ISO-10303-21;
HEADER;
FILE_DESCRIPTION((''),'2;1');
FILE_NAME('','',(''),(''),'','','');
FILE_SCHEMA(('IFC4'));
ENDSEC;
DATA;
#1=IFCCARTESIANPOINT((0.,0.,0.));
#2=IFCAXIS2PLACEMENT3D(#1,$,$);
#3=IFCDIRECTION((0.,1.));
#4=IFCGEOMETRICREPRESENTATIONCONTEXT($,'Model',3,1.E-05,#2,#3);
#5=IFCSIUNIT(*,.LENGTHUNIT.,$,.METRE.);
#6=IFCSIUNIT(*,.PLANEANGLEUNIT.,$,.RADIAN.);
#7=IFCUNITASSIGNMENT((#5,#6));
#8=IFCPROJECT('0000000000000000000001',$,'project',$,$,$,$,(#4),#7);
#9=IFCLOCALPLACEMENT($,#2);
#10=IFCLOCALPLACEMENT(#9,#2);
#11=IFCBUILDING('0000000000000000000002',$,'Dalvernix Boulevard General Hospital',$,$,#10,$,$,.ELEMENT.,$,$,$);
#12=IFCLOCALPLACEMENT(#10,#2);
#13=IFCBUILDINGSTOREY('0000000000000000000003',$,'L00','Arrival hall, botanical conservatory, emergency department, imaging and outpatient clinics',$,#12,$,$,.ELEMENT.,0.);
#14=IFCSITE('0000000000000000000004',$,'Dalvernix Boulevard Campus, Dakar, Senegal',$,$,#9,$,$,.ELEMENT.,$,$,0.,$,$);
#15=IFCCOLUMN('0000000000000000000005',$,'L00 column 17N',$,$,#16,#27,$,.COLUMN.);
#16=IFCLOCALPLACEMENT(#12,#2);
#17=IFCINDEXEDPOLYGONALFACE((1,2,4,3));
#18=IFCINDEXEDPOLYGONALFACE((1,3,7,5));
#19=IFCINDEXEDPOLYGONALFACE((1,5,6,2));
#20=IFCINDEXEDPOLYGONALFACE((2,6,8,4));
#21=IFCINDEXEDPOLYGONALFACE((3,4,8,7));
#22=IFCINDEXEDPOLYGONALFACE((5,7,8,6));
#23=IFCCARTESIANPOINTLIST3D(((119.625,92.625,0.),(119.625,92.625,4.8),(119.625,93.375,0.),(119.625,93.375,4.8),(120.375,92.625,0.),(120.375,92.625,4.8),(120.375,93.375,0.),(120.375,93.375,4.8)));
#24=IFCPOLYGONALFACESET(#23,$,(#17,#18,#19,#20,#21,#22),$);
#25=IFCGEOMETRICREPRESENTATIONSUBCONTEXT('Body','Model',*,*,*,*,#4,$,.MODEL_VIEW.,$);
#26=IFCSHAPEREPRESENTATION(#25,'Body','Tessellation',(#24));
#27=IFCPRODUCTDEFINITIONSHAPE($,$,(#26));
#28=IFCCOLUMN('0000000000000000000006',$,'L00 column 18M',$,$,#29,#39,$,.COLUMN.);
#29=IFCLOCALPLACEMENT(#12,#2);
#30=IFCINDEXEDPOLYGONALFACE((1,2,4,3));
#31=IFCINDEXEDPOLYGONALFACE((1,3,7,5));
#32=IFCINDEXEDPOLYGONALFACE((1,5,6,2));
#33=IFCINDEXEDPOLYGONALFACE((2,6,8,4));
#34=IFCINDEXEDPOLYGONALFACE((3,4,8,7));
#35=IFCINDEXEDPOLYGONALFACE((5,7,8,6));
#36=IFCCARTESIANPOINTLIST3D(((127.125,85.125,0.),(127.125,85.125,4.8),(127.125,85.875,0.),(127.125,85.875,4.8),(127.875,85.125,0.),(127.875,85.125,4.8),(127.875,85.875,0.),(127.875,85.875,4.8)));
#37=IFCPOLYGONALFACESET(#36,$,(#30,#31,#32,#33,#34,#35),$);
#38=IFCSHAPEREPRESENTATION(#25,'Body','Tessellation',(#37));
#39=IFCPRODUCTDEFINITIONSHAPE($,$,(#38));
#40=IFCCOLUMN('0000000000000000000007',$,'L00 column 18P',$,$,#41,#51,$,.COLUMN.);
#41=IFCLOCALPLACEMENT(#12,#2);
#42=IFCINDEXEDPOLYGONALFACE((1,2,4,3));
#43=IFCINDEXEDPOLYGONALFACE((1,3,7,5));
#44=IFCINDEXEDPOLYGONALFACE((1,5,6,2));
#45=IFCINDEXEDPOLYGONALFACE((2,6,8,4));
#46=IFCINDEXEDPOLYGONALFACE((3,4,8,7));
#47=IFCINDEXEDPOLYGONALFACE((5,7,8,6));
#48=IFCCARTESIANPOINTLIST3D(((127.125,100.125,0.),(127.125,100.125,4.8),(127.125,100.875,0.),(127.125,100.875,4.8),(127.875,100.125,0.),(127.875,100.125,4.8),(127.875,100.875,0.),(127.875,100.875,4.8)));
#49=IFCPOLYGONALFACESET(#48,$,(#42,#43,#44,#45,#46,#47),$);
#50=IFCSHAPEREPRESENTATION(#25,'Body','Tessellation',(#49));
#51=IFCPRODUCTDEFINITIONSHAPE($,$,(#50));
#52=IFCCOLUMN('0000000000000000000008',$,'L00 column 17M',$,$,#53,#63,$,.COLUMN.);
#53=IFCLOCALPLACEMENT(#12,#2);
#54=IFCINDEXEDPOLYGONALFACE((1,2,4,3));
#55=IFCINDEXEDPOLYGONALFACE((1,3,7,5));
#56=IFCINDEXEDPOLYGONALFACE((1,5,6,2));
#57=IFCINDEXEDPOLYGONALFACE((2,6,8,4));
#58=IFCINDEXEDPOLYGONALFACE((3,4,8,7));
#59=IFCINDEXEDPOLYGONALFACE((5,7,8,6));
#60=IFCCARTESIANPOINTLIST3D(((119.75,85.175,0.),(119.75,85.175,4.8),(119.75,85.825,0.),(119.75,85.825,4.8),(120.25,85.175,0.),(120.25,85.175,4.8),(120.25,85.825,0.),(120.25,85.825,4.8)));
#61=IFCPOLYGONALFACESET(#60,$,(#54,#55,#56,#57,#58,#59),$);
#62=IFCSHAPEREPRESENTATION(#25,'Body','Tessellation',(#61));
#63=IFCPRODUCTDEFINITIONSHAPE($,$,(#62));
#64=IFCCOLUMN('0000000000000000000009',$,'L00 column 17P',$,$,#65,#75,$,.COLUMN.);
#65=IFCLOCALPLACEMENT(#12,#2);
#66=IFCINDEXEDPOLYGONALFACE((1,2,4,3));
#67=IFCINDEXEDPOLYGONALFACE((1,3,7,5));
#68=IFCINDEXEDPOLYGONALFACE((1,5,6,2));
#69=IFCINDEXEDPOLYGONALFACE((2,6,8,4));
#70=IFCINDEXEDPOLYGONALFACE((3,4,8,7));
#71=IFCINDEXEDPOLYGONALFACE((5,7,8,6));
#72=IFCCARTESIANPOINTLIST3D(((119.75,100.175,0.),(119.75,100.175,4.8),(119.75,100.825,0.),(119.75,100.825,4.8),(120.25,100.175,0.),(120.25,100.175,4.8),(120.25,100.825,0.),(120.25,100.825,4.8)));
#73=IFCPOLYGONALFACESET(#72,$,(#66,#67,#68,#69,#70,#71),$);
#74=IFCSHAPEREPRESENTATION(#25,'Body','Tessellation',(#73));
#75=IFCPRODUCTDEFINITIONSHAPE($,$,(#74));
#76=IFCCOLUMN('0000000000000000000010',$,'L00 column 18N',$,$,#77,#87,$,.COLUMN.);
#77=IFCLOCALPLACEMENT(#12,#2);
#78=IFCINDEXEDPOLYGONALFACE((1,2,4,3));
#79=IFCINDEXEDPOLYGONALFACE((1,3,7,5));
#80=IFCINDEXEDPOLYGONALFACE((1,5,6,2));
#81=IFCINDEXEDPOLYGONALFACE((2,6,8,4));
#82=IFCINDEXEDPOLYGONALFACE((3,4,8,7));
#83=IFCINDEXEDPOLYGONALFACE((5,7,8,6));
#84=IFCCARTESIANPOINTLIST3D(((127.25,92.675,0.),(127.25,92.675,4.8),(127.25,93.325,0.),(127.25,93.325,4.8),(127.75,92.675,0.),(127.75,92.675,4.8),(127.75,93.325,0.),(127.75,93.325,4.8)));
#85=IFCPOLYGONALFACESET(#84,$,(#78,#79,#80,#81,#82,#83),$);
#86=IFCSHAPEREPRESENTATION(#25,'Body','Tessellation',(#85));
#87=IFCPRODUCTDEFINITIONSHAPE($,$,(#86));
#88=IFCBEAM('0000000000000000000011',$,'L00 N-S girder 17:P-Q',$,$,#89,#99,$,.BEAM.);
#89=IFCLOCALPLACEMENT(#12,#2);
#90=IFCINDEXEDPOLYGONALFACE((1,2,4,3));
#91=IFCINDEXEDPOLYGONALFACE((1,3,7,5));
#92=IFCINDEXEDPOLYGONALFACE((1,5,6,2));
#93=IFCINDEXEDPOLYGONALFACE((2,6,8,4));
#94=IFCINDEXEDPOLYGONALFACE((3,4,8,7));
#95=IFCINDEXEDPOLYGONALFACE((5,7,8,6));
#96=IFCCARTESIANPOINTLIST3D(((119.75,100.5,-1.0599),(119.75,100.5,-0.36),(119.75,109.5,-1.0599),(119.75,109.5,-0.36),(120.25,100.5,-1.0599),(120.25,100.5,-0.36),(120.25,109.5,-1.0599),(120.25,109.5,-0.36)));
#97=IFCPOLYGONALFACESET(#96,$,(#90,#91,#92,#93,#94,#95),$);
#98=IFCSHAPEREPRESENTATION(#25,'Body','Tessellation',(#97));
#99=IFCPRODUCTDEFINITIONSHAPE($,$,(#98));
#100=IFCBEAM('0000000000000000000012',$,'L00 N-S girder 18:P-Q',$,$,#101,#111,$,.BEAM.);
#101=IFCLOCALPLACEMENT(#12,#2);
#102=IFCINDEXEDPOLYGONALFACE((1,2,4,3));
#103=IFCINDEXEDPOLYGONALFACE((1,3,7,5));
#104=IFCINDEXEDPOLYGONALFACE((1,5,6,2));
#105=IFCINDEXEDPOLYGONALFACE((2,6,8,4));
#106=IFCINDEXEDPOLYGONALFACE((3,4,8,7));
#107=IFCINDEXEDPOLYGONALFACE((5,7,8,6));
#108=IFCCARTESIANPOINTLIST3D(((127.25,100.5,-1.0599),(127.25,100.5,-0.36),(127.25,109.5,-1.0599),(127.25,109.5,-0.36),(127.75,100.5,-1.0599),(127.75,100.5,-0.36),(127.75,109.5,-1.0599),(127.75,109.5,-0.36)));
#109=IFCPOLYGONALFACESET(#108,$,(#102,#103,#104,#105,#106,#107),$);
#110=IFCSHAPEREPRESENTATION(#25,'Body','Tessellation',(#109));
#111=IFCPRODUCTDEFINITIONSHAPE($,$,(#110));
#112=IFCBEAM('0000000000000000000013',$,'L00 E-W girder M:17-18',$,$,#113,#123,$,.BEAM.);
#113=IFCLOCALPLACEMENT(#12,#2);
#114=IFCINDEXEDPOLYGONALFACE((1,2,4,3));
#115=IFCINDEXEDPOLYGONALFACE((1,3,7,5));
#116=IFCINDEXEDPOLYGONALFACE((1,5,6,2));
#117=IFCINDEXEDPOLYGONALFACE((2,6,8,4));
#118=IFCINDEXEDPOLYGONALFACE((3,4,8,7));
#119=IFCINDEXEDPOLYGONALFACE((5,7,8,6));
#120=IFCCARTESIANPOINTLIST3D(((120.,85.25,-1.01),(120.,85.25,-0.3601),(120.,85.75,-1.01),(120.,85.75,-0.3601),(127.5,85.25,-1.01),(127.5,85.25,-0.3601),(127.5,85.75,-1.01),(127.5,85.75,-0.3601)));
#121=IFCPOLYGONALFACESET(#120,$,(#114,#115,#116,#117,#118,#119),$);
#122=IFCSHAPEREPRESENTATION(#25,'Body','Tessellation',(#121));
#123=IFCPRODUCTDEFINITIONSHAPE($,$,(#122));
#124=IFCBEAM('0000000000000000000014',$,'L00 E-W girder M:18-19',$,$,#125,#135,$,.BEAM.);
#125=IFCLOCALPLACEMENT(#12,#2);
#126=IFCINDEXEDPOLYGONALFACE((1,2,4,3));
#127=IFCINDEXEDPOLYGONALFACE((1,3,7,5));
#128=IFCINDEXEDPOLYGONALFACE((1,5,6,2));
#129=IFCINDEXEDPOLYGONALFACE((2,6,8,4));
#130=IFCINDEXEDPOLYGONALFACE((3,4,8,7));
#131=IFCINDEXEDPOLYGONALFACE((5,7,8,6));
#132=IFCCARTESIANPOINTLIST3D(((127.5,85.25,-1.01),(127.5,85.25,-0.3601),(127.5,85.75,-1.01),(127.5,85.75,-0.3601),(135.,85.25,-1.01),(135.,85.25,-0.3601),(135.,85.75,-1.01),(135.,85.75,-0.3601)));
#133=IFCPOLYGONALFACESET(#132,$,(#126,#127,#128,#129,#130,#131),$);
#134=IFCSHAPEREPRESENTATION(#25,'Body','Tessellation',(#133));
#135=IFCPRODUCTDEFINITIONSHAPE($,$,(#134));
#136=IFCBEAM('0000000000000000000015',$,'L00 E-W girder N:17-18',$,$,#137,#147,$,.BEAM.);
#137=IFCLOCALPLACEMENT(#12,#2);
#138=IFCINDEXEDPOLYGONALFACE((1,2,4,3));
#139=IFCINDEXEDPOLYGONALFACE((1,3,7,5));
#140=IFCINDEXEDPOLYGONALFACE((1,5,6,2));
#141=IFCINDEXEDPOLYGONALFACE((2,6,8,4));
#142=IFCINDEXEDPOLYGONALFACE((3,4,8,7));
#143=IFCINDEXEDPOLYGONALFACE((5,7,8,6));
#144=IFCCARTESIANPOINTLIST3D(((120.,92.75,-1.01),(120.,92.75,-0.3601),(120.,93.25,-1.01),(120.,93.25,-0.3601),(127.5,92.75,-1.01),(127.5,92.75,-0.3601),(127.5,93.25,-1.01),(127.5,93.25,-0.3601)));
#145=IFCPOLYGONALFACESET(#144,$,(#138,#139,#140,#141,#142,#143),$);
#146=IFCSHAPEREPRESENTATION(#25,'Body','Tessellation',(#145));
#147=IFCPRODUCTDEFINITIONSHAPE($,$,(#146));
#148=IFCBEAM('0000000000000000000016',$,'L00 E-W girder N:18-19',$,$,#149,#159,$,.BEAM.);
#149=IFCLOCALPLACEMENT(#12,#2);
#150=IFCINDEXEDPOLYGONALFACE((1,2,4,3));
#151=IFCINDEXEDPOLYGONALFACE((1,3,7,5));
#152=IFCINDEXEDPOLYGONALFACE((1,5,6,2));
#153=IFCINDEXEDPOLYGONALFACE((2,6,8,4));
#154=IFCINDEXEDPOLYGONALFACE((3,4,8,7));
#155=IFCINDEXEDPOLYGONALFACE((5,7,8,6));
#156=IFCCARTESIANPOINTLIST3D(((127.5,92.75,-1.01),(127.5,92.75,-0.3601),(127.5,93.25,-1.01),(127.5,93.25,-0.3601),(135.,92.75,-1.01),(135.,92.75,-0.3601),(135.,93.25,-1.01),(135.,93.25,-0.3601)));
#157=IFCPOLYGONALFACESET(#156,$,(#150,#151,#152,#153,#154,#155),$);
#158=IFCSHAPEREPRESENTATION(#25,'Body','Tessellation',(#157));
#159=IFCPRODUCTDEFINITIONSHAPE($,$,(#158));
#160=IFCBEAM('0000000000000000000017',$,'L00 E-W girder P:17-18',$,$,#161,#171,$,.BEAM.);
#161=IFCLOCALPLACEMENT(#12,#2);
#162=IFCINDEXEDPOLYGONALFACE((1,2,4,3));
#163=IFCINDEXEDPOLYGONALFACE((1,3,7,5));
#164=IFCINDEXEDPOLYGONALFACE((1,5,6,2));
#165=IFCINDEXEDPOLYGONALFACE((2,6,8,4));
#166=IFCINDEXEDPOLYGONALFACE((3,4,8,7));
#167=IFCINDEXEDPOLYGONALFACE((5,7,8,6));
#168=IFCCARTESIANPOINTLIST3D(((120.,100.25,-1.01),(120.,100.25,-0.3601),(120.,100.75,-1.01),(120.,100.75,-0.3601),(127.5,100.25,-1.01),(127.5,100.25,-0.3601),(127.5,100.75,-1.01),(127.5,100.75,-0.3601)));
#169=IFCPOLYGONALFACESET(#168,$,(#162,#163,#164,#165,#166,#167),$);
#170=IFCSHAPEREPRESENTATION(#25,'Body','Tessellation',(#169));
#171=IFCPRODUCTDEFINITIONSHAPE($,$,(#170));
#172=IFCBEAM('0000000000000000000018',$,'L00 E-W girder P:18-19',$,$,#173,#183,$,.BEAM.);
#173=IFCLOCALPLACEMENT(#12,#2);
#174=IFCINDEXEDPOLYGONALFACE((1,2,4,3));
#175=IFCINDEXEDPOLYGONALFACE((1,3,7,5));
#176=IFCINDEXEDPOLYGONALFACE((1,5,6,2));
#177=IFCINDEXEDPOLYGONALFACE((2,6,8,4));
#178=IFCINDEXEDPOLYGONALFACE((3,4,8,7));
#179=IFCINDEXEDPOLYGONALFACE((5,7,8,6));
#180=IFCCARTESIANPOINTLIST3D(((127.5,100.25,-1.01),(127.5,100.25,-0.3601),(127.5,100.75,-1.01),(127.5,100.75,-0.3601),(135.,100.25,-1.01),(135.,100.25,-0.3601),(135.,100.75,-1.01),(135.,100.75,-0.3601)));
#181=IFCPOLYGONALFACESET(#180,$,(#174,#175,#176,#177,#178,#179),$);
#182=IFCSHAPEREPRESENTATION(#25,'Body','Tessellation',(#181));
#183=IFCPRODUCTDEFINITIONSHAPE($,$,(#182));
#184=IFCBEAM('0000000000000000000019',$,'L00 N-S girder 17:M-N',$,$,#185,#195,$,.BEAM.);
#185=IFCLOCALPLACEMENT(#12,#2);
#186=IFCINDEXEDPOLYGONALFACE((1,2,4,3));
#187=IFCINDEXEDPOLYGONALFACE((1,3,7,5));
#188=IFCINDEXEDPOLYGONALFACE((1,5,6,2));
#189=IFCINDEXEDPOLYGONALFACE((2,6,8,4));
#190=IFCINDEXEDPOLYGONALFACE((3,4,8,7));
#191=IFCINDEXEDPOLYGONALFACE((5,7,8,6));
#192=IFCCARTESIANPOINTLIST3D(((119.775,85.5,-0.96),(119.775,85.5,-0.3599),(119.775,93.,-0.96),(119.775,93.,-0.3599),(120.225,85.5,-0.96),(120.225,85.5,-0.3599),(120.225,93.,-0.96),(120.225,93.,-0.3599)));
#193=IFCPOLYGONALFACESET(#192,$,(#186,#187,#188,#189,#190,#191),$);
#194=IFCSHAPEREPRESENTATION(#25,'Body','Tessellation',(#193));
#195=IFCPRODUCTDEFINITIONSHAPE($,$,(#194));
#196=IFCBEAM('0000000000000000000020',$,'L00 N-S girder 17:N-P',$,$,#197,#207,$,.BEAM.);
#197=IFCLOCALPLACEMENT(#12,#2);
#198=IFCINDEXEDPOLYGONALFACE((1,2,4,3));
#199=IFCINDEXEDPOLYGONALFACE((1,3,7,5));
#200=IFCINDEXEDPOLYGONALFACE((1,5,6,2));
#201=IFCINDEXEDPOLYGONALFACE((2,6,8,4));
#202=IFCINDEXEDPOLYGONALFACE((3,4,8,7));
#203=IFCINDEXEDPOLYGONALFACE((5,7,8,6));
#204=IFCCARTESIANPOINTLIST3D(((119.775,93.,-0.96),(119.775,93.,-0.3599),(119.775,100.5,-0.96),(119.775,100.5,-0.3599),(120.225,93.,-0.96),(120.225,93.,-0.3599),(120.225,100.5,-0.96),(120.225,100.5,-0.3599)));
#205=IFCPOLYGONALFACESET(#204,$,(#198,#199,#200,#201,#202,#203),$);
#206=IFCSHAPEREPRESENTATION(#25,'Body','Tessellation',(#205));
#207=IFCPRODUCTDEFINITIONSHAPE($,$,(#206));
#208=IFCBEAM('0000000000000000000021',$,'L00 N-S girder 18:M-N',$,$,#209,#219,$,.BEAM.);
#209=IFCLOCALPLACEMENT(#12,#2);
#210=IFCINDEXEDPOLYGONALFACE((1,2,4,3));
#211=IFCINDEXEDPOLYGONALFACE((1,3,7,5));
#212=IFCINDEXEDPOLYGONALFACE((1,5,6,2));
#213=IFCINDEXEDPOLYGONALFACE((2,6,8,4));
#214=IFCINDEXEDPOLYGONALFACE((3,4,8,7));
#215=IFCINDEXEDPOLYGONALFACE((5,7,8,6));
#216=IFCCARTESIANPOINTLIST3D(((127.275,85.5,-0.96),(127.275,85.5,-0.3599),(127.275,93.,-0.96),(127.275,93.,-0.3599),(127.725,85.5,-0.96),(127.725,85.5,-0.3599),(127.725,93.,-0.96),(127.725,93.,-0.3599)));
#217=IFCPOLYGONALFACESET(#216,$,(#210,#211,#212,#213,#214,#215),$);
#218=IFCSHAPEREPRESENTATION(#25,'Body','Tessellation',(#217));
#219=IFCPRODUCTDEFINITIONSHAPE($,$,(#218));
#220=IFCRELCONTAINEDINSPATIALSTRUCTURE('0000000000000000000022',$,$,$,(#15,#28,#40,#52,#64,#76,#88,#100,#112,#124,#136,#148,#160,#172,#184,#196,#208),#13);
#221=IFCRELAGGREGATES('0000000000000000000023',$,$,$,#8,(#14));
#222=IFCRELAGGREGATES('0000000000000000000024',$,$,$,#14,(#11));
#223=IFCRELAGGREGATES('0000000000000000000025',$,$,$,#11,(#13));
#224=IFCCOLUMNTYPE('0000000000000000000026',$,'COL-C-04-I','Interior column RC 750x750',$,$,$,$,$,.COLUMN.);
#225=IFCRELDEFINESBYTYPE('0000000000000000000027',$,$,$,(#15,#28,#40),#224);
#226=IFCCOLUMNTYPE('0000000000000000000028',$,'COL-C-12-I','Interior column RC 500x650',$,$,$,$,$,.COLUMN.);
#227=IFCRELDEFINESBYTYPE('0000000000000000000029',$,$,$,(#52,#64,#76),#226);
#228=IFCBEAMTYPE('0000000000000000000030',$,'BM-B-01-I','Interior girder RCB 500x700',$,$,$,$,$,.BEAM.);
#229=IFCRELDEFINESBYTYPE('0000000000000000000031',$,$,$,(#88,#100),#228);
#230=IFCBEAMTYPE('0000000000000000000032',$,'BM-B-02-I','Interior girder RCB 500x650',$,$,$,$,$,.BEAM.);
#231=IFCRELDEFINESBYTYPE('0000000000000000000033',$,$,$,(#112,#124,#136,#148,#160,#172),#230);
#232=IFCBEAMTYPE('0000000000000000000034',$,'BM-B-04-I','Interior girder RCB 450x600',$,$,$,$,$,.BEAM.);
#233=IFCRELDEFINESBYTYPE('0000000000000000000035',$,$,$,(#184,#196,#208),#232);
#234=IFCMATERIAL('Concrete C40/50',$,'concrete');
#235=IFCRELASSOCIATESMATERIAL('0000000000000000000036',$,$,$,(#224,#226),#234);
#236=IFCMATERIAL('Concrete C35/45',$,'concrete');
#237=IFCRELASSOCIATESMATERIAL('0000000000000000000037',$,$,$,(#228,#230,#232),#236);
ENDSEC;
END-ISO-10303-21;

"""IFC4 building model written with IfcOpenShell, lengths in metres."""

from ifc_helpers import new_model, si_unit, direction, frame, origin, origin_2d, place, context, subcontext, project, spatial, rectangle, extrude, material, material_profile, profile_set, type_object, element, save


model = new_model("IFC4")

# Units and contexts
model_context = context("Model", 3, precision=1e-05, world=origin(), true_north=direction((0.0, 1.0)))
body_context = subcontext(model_context, "Body", "Model", "MODEL_VIEW")
ifc_project = project(units=[si_unit("LENGTHUNIT", "METRE"), si_unit("PLANEANGLEUNIT", "RADIAN")], contexts=[model_context])

# Site, building, storey
site_placement = place(None, origin())
site = spatial("IfcSite", under=ifc_project, at=site_placement, Name="Dalvernix Boulevard Campus, Dakar, Senegal", CompositionType="ELEMENT", RefElevation=0.0)
building_placement = place(site_placement, origin())
building = spatial("IfcBuilding", under=site, at=building_placement, Name="Dalvernix Boulevard General Hospital", CompositionType="ELEMENT")
storey_placement = place(building_placement, origin())
storey = spatial("IfcBuildingStorey", under=building, at=storey_placement, Name="L00", Description="Arrival hall, botanical conservatory, emergency department, imaging and outpatient clinics", CompositionType="ELEMENT", Elevation=0.0)

# Columns
ifc_material_1 = material(Name="Concrete C40/50", Category="concrete")
ifc_material_profile_1 = material_profile(ifc_material_1, rectangle(XDim=0.75, YDim=0.75, at=origin_2d()), Name="RC 750x750")
ifc_profile_set_1 = profile_set([ifc_material_profile_1], Name="Concrete C40/50")
column_type_1 = type_object("IfcColumnType", Name="COL-C-04-I", Description="Interior column RC 750x750", PredefinedType="COLUMN", material=ifc_profile_set_1)
for number, where, z_axis, x_axis, name in (
    (1, (120.0, 93.0, 0.0), (0.0, 0.0, 1.0), (1.0, 0.0, 0.0), "L00 column 17N"),
    (2, (127.5, 85.5, 0.0), (0.0, 0.0, 1.0), (1.0, 0.0, 0.0), "L00 column 18M"),
    (3, (127.5, 100.5, 0.0), (0.0, 0.0, 1.0), (1.0, 0.0, 0.0), "L00 column 18P"),
):
    element("IfcColumn", number, at=place(storey_placement, frame(where, z_axis=z_axis, x_axis=x_axis)), inside=storey, type_object=column_type_1, Name=name, PredefinedType="COLUMN", context=body_context, shape_type="SweptSolid", body=[
        extrude(rectangle(XDim=0.75, YDim=0.75, at=origin_2d()), origin(), (0.0, 0.0, 1.0), 4.8),
    ])
ifc_material_profile_2 = material_profile(ifc_material_1, rectangle(XDim=0.5, YDim=0.6499, at=origin_2d()), Name="RC 500x650")
ifc_profile_set_2 = profile_set([ifc_material_profile_2], Name="Concrete C40/50")
column_type_2 = type_object("IfcColumnType", Name="COL-C-12-I", Description="Interior column RC 500x650", PredefinedType="COLUMN", material=ifc_profile_set_2)
for number, where, z_axis, x_axis, name in (
    (4, (120.0, 85.5, 0.0), (0.0, 0.0, 1.0), (1.0, 0.0, 0.0), "L00 column 17M"),
    (5, (120.0, 100.5, 0.0), (0.0, 0.0, 1.0), (1.0, 0.0, 0.0), "L00 column 17P"),
    (6, (127.5, 93.0, 0.0), (0.0, 0.0, 1.0), (1.0, 0.0, 0.0), "L00 column 18N"),
):
    element("IfcColumn", number, at=place(storey_placement, frame(where, z_axis=z_axis, x_axis=x_axis)), inside=storey, type_object=column_type_2, Name=name, PredefinedType="COLUMN", context=body_context, shape_type="SweptSolid", body=[
        extrude(rectangle(XDim=0.5, YDim=0.6499, at=origin_2d()), origin(), (0.0, 0.0, 1.0), 4.8),
    ])

# Beams
ifc_material_2 = material(Name="Concrete C35/45", Category="concrete")
ifc_material_profile_3 = material_profile(ifc_material_2, rectangle(XDim=0.5, YDim=0.7, at=origin_2d()), Name="RCB 500x700")
ifc_profile_set_3 = profile_set([ifc_material_profile_3], Name="Concrete C35/45")
beam_type_1 = type_object("IfcBeamType", Name="BM-B-01-I", Description="Interior girder RCB 500x700", PredefinedType="BEAM", material=ifc_profile_set_3)
for number, where, z_axis, x_axis, name in (
    (7, (120.0, 100.5, -0.71), (0.0, 1.0, 0.0), (-1.0, 0.0, 0.0), "L00 N-S girder 17:P-Q"),
    (8, (127.5, 100.5, -0.71), (0.0, 1.0, 0.0), (-1.0, 0.0, 0.0), "L00 N-S girder 18:P-Q"),
):
    element("IfcBeam", number, at=place(storey_placement, frame(where, z_axis=z_axis, x_axis=x_axis)), inside=storey, type_object=beam_type_1, Name=name, PredefinedType="BEAM", context=body_context, shape_type="SweptSolid", body=[
        extrude(rectangle(XDim=0.5, YDim=0.7, at=origin_2d()), origin(), (0.0, 0.0, 1.0), 9.0),
    ])
ifc_material_profile_4 = material_profile(ifc_material_2, rectangle(XDim=0.5, YDim=0.6499, at=origin_2d()), Name="RCB 500x650")
ifc_profile_set_4 = profile_set([ifc_material_profile_4], Name="Concrete C35/45")
beam_type_2 = type_object("IfcBeamType", Name="BM-B-02-I", Description="Interior girder RCB 500x650", PredefinedType="BEAM", material=ifc_profile_set_4)
for number, where, z_axis, x_axis, name in (
    (9, (120.0, 85.5, -0.6851), (1.0, 0.0, 0.0), (0.0, 1.0, 0.0), "L00 E-W girder M:17-18"),
    (10, (127.5, 85.5, -0.6851), (1.0, 0.0, 0.0), (0.0, 1.0, 0.0), "L00 E-W girder M:18-19"),
    (11, (120.0, 93.0, -0.6851), (1.0, 0.0, 0.0), (0.0, 1.0, 0.0), "L00 E-W girder N:17-18"),
    (12, (127.5, 93.0, -0.6851), (1.0, 0.0, 0.0), (0.0, 1.0, 0.0), "L00 E-W girder N:18-19"),
    (13, (120.0, 100.5, -0.6851), (1.0, 0.0, 0.0), (0.0, 1.0, 0.0), "L00 E-W girder P:17-18"),
    (14, (127.5, 100.5, -0.6851), (1.0, 0.0, 0.0), (0.0, 1.0, 0.0), "L00 E-W girder P:18-19"),
):
    element("IfcBeam", number, at=place(storey_placement, frame(where, z_axis=z_axis, x_axis=x_axis)), inside=storey, type_object=beam_type_2, Name=name, PredefinedType="BEAM", context=body_context, shape_type="SweptSolid", body=[
        extrude(rectangle(XDim=0.5, YDim=0.6499, at=origin_2d()), origin(), (0.0, 0.0, 1.0), 7.5),
    ])
ifc_material_profile_5 = material_profile(ifc_material_2, rectangle(XDim=0.45, YDim=0.6001, at=origin_2d()), Name="RCB 450x600")
ifc_profile_set_5 = profile_set([ifc_material_profile_5], Name="Concrete C35/45")
beam_type_3 = type_object("IfcBeamType", Name="BM-B-04-I", Description="Interior girder RCB 450x600", PredefinedType="BEAM", material=ifc_profile_set_5)
for number, where, z_axis, x_axis, name in (
    (15, (120.0, 85.5, -0.6599), (0.0, 1.0, 0.0), (-1.0, 0.0, 0.0), "L00 N-S girder 17:M-N"),
    (16, (120.0, 93.0, -0.6599), (0.0, 1.0, 0.0), (-1.0, 0.0, 0.0), "L00 N-S girder 17:N-P"),
    (17, (127.5, 85.5, -0.6599), (0.0, 1.0, 0.0), (-1.0, 0.0, 0.0), "L00 N-S girder 18:M-N"),
):
    element("IfcBeam", number, at=place(storey_placement, frame(where, z_axis=z_axis, x_axis=x_axis)), inside=storey, type_object=beam_type_3, Name=name, PredefinedType="BEAM", context=body_context, shape_type="SweptSolid", body=[
        extrude(rectangle(XDim=0.45, YDim=0.6001, at=origin_2d()), origin(), (0.0, 0.0, 1.0), 7.5),
    ])

save(model, "model.ifc")
